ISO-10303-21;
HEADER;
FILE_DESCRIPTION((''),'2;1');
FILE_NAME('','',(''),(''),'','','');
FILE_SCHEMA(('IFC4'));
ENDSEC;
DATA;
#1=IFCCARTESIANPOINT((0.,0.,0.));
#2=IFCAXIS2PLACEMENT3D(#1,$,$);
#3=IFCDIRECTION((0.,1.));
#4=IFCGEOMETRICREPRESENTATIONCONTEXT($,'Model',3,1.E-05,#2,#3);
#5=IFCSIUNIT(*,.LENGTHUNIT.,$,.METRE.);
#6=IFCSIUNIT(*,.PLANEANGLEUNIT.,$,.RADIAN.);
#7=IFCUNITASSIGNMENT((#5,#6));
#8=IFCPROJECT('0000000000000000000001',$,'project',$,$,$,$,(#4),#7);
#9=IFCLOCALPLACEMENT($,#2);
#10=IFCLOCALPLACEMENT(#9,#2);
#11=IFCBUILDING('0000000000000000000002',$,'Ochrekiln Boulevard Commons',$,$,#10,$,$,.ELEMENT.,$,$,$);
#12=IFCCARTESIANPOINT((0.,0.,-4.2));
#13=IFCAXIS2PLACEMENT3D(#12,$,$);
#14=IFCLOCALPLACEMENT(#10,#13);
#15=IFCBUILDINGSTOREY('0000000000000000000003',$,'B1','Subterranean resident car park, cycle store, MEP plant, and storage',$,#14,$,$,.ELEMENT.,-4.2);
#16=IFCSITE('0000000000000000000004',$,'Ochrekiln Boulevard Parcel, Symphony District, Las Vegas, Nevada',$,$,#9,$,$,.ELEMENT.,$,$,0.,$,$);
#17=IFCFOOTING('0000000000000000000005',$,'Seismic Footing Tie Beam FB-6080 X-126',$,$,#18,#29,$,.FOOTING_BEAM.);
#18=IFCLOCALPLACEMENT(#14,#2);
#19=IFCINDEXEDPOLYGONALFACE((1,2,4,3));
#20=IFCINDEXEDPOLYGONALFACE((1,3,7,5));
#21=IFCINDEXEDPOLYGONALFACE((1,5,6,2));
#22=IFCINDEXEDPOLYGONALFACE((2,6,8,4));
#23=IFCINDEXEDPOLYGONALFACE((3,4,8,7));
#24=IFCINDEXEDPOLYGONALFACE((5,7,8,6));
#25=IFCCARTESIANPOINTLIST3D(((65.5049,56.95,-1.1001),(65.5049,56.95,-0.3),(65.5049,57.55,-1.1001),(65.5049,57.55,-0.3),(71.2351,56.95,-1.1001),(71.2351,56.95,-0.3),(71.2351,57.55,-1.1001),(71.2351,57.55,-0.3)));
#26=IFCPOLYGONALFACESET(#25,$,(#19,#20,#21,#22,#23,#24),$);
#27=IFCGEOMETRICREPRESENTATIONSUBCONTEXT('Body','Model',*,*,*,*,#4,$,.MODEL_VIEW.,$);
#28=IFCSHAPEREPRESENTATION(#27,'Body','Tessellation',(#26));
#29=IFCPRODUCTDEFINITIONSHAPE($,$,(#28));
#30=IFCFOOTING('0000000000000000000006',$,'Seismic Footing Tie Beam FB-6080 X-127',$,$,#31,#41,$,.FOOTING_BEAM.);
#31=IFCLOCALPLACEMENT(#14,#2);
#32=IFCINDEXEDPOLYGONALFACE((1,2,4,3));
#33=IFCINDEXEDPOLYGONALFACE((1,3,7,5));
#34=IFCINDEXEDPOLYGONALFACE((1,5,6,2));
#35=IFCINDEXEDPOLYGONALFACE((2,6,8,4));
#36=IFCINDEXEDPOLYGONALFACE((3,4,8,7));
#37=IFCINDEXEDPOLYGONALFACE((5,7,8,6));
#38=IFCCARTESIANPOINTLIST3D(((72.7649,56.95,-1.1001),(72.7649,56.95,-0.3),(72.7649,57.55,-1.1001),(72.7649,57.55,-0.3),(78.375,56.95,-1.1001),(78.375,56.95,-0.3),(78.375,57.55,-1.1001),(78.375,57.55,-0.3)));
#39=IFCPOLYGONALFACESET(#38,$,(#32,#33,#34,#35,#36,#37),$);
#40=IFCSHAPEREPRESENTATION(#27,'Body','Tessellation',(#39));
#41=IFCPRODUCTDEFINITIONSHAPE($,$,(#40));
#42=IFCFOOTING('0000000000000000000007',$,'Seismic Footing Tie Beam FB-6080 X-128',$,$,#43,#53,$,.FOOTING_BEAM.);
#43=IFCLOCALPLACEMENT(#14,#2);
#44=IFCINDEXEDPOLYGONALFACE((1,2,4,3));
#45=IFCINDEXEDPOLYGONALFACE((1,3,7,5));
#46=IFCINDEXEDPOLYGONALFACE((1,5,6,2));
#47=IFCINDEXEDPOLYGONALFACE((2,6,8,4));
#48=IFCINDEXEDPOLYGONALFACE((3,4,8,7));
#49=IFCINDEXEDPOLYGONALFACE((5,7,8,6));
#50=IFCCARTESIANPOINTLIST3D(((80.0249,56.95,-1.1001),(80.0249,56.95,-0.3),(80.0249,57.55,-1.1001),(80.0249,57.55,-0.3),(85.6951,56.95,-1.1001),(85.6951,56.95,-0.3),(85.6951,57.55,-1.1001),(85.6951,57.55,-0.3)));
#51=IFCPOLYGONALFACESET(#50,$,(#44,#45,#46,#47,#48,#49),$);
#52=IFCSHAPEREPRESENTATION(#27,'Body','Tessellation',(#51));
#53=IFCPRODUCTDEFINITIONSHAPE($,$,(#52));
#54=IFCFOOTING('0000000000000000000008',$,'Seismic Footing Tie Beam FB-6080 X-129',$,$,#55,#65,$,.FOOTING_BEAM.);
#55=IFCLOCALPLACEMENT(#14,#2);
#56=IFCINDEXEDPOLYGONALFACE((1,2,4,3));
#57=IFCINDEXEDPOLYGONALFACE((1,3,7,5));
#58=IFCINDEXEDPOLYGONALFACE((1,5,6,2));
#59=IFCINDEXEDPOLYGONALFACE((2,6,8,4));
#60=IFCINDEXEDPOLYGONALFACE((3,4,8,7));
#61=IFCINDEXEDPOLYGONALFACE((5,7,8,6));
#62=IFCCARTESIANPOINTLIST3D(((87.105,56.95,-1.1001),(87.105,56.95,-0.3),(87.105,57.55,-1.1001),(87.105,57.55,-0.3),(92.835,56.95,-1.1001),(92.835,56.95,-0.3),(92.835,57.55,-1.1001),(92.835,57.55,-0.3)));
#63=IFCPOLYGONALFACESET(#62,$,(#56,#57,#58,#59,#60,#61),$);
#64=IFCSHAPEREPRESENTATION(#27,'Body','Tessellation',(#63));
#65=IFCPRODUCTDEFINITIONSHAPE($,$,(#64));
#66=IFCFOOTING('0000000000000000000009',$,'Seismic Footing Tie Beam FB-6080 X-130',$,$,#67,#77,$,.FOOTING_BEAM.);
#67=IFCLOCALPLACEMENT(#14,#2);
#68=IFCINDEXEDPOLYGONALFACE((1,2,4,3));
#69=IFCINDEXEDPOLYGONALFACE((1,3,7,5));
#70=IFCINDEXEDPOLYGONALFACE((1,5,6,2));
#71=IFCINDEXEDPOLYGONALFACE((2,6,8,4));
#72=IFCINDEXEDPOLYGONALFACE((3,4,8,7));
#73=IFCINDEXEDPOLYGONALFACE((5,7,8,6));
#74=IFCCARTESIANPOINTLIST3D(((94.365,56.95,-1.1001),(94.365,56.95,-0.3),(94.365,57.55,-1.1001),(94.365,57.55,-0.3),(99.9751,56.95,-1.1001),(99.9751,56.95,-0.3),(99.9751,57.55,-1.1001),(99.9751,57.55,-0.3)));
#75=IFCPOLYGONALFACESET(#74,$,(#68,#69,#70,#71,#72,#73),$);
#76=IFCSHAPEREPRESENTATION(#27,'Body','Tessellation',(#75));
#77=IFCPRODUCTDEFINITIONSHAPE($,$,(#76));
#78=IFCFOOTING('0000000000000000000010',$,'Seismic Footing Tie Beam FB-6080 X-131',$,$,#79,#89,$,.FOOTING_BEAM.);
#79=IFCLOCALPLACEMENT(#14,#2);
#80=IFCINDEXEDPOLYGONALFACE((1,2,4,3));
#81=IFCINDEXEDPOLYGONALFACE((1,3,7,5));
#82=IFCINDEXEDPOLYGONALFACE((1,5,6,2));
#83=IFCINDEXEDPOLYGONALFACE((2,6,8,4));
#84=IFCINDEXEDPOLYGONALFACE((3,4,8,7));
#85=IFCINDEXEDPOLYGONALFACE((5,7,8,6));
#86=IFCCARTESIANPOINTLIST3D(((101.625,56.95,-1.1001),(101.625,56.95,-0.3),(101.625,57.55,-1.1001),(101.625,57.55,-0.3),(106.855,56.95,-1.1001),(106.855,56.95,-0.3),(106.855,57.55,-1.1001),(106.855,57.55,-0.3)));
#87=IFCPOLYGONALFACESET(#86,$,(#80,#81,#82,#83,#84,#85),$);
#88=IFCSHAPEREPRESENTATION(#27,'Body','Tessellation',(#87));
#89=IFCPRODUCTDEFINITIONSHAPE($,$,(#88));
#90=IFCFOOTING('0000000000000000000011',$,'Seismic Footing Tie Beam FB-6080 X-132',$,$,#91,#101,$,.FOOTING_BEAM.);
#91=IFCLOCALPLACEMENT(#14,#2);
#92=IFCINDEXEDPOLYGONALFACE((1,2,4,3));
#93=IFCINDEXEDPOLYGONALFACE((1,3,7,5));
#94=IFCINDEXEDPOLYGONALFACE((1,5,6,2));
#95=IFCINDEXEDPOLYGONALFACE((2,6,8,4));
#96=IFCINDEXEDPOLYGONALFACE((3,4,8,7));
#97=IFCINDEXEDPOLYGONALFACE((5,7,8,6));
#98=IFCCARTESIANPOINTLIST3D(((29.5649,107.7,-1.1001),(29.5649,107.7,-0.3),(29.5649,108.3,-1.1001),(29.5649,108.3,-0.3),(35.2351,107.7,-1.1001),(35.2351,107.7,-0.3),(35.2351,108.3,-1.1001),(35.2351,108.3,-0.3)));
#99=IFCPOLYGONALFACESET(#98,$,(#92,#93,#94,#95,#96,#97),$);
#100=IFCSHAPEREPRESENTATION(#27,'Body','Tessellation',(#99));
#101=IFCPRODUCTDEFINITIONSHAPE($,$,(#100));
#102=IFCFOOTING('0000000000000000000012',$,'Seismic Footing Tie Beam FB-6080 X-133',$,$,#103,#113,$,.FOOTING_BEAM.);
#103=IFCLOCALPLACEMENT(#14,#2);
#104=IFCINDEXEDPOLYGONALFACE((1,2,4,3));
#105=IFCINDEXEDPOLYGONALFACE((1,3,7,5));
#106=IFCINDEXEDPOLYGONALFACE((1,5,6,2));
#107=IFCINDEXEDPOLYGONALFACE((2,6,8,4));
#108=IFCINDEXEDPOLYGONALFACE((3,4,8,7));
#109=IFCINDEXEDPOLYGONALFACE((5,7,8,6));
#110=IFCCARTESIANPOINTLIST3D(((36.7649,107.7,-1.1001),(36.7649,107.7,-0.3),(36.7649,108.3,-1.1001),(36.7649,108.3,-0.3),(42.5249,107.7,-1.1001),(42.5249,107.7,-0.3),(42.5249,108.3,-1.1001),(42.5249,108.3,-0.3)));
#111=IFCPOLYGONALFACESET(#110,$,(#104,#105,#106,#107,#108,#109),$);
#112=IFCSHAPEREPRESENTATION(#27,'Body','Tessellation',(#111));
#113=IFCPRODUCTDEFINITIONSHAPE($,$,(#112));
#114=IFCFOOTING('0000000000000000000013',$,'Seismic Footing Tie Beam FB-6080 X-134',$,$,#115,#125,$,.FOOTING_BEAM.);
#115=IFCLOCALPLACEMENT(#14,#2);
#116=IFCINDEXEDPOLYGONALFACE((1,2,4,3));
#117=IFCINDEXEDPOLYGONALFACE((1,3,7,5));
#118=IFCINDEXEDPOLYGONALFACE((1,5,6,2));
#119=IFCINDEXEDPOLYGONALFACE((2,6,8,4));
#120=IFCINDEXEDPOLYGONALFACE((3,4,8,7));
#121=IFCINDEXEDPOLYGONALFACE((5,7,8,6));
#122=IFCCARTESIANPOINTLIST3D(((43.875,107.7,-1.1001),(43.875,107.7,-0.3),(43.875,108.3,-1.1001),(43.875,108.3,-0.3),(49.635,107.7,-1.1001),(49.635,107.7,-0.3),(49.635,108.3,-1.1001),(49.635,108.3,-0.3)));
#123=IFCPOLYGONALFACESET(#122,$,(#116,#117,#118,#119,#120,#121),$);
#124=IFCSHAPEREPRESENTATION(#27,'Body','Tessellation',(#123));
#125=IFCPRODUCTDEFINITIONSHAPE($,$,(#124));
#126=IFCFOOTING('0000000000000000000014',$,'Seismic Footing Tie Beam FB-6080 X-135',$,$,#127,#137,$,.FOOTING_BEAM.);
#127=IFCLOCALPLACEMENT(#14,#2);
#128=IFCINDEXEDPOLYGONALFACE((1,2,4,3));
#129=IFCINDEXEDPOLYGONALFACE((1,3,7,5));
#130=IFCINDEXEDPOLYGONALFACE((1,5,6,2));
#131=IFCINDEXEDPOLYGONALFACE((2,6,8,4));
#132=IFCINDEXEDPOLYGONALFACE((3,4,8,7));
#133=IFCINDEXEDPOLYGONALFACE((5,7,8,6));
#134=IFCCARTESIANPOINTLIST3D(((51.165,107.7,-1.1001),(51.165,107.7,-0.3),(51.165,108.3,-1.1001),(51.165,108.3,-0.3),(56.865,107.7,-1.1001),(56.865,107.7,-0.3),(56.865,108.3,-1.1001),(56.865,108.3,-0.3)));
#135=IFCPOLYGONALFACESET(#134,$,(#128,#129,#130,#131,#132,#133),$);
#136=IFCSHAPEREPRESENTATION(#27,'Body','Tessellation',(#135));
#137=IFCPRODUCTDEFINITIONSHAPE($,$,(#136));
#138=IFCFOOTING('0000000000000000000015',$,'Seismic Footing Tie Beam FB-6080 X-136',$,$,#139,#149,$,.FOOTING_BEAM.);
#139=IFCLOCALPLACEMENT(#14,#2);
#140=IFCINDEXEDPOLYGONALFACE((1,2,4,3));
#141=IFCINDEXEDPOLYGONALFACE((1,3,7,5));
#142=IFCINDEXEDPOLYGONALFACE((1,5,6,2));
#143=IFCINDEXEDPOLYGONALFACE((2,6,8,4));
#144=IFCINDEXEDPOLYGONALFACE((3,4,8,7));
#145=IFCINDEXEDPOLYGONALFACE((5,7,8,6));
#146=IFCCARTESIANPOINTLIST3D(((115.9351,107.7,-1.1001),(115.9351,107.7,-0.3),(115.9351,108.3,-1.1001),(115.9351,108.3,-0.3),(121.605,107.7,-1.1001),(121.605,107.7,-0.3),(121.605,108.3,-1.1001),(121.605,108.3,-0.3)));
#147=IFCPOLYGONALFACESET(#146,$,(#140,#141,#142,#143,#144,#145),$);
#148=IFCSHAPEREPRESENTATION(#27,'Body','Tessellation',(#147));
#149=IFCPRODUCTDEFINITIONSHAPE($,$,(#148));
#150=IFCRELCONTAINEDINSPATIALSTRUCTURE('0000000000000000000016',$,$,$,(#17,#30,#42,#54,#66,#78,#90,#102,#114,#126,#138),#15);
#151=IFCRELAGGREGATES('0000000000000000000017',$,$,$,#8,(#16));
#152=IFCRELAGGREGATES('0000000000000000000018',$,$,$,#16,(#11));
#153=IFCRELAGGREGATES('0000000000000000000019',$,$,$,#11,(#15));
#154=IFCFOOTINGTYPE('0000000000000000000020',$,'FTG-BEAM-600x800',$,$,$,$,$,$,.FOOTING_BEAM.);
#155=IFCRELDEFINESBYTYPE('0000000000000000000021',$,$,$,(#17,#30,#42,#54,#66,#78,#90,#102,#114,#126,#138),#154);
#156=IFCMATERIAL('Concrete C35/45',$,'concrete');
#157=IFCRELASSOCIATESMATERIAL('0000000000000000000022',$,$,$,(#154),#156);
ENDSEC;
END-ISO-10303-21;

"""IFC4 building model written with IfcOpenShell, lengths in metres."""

from ifc_helpers import new_model, si_unit, direction, frame, origin, place, context, subcontext, project, spatial, polyline, outline, extrude, material, type_object, element, save


model = new_model("IFC4")

# Units and contexts
model_context = context("Model", 3, precision=1e-05, world=origin(), true_north=direction((0.0, 1.0)))
body_context = subcontext(model_context, "Body", "Model", "MODEL_VIEW")
ifc_project = project(units=[si_unit("LENGTHUNIT", "METRE"), si_unit("PLANEANGLEUNIT", "RADIAN")], contexts=[model_context])

# Site, building, storey
site_placement = place(None, origin())
site = spatial("IfcSite", under=ifc_project, at=site_placement, Name="Ochrekiln Boulevard Parcel, Symphony District, Las Vegas, Nevada", CompositionType="ELEMENT", RefElevation=0.0)
building_placement = place(site_placement, origin())
building = spatial("IfcBuilding", under=site, at=building_placement, Name="Ochrekiln Boulevard Commons", CompositionType="ELEMENT")
storey_placement = place(building_placement, frame((0.0, 0.0, -4.2)))
storey = spatial("IfcBuildingStorey", under=building, at=storey_placement, Name="B1", Description="Subterranean resident car park, cycle store, MEP plant, and storage", CompositionType="ELEMENT", Elevation=-4.2)

# Footings
ifc_material = material(Name="Concrete C35/45", Category="concrete")
footing_type = type_object("IfcFootingType", Name="FTG-BEAM-600x800", PredefinedType="FOOTING_BEAM", material=ifc_material)
footing_1_placement = place(storey_placement, frame((0.0, 0.0, -1.1001)))
element("IfcFooting", 1, at=footing_1_placement, inside=storey, type_object=footing_type, Name="Seismic Footing Tie Beam FB-6080 X-126", PredefinedType="FOOTING_BEAM", context=body_context, shape_type="SweptSolid", body=[
    extrude(outline(polyline([(65.5049, 56.95), (71.2351, 56.95), (71.2351, 57.55), (65.5049, 57.55), (65.5049, 56.95)])), origin(), (0.0, 0.0, 1.0), 0.8),
])
footing_2_placement = place(storey_placement, frame((0.0, 0.0, -1.1001)))
element("IfcFooting", 2, at=footing_2_placement, inside=storey, type_object=footing_type, Name="Seismic Footing Tie Beam FB-6080 X-127", PredefinedType="FOOTING_BEAM", context=body_context, shape_type="SweptSolid", body=[
    extrude(outline(polyline([(72.7649, 56.95), (78.375, 56.95), (78.375, 57.55), (72.7649, 57.55), (72.7649, 56.95)])), origin(), (0.0, 0.0, 1.0), 0.8),
])
footing_3_placement = place(storey_placement, frame((0.0, 0.0, -1.1001)))
element("IfcFooting", 3, at=footing_3_placement, inside=storey, type_object=footing_type, Name="Seismic Footing Tie Beam FB-6080 X-128", PredefinedType="FOOTING_BEAM", context=body_context, shape_type="SweptSolid", body=[
    extrude(outline(polyline([(80.0249, 56.95), (85.6951, 56.95), (85.6951, 57.55), (80.0249, 57.55), (80.0249, 56.95)])), origin(), (0.0, 0.0, 1.0), 0.8),
])
footing_4_placement = place(storey_placement, frame((0.0, 0.0, -1.1001)))
element("IfcFooting", 4, at=footing_4_placement, inside=storey, type_object=footing_type, Name="Seismic Footing Tie Beam FB-6080 X-129", PredefinedType="FOOTING_BEAM", context=body_context, shape_type="SweptSolid", body=[
    extrude(outline(polyline([(87.105, 56.95), (92.835, 56.95), (92.835, 57.55), (87.105, 57.55), (87.105, 56.95)])), origin(), (0.0, 0.0, 1.0), 0.8),
])
footing_5_placement = place(storey_placement, frame((0.0, 0.0, -1.1001)))
element("IfcFooting", 5, at=footing_5_placement, inside=storey, type_object=footing_type, Name="Seismic Footing Tie Beam FB-6080 X-130", PredefinedType="FOOTING_BEAM", context=body_context, shape_type="SweptSolid", body=[
    extrude(outline(polyline([(94.365, 56.95), (99.9751, 56.95), (99.9751, 57.55), (94.365, 57.55), (94.365, 56.95)])), origin(), (0.0, 0.0, 1.0), 0.8),
])
footing_6_placement = place(storey_placement, frame((0.0, 0.0, -1.1001)))
element("IfcFooting", 6, at=footing_6_placement, inside=storey, type_object=footing_type, Name="Seismic Footing Tie Beam FB-6080 X-131", PredefinedType="FOOTING_BEAM", context=body_context, shape_type="SweptSolid", body=[
    extrude(outline(polyline([(101.625, 56.95), (106.855, 56.95), (106.855, 57.55), (101.625, 57.55), (101.625, 56.95)])), origin(), (0.0, 0.0, 1.0), 0.8),
])
footing_7_placement = place(storey_placement, frame((0.0, 0.0, -1.1001)))
element("IfcFooting", 7, at=footing_7_placement, inside=storey, type_object=footing_type, Name="Seismic Footing Tie Beam FB-6080 X-132", PredefinedType="FOOTING_BEAM", context=body_context, shape_type="SweptSolid", body=[
    extrude(outline(polyline([(29.5649, 107.7), (35.2351, 107.7), (35.2351, 108.3), (29.5649, 108.3), (29.5649, 107.7)])), origin(), (0.0, 0.0, 1.0), 0.8),
])
footing_8_placement = place(storey_placement, frame((0.0, 0.0, -1.1001)))
element("IfcFooting", 8, at=footing_8_placement, inside=storey, type_object=footing_type, Name="Seismic Footing Tie Beam FB-6080 X-133", PredefinedType="FOOTING_BEAM", context=body_context, shape_type="SweptSolid", body=[
    extrude(outline(polyline([(36.7649, 107.7), (42.5249, 107.7), (42.5249, 108.3), (36.7649, 108.3), (36.7649, 107.7)])), origin(), (0.0, 0.0, 1.0), 0.8),
])
footing_9_placement = place(storey_placement, frame((0.0, 0.0, -1.1001)))
element("IfcFooting", 9, at=footing_9_placement, inside=storey, type_object=footing_type, Name="Seismic Footing Tie Beam FB-6080 X-134", PredefinedType="FOOTING_BEAM", context=body_context, shape_type="SweptSolid", body=[
    extrude(outline(polyline([(43.875, 107.7), (49.635, 107.7), (49.635, 108.3), (43.875, 108.3), (43.875, 107.7)])), origin(), (0.0, 0.0, 1.0), 0.8),
])
footing_10_placement = place(storey_placement, frame((0.0, 0.0, -1.1001)))
element("IfcFooting", 10, at=footing_10_placement, inside=storey, type_object=footing_type, Name="Seismic Footing Tie Beam FB-6080 X-135", PredefinedType="FOOTING_BEAM", context=body_context, shape_type="SweptSolid", body=[
    extrude(outline(polyline([(51.165, 107.7), (56.865, 107.7), (56.865, 108.3), (51.165, 108.3), (51.165, 107.7)])), origin(), (0.0, 0.0, 1.0), 0.8),
])
footing_11_placement = place(storey_placement, frame((0.0, 0.0, -1.1001)))
element("IfcFooting", 11, at=footing_11_placement, inside=storey, type_object=footing_type, Name="Seismic Footing Tie Beam FB-6080 X-136", PredefinedType="FOOTING_BEAM", context=body_context, shape_type="SweptSolid", body=[
    extrude(outline(polyline([(115.9351, 107.7), (121.605, 107.7), (121.605, 108.3), (115.9351, 108.3), (115.9351, 107.7)])), origin(), (0.0, 0.0, 1.0), 0.8),
])

save(model, "model.ifc")
